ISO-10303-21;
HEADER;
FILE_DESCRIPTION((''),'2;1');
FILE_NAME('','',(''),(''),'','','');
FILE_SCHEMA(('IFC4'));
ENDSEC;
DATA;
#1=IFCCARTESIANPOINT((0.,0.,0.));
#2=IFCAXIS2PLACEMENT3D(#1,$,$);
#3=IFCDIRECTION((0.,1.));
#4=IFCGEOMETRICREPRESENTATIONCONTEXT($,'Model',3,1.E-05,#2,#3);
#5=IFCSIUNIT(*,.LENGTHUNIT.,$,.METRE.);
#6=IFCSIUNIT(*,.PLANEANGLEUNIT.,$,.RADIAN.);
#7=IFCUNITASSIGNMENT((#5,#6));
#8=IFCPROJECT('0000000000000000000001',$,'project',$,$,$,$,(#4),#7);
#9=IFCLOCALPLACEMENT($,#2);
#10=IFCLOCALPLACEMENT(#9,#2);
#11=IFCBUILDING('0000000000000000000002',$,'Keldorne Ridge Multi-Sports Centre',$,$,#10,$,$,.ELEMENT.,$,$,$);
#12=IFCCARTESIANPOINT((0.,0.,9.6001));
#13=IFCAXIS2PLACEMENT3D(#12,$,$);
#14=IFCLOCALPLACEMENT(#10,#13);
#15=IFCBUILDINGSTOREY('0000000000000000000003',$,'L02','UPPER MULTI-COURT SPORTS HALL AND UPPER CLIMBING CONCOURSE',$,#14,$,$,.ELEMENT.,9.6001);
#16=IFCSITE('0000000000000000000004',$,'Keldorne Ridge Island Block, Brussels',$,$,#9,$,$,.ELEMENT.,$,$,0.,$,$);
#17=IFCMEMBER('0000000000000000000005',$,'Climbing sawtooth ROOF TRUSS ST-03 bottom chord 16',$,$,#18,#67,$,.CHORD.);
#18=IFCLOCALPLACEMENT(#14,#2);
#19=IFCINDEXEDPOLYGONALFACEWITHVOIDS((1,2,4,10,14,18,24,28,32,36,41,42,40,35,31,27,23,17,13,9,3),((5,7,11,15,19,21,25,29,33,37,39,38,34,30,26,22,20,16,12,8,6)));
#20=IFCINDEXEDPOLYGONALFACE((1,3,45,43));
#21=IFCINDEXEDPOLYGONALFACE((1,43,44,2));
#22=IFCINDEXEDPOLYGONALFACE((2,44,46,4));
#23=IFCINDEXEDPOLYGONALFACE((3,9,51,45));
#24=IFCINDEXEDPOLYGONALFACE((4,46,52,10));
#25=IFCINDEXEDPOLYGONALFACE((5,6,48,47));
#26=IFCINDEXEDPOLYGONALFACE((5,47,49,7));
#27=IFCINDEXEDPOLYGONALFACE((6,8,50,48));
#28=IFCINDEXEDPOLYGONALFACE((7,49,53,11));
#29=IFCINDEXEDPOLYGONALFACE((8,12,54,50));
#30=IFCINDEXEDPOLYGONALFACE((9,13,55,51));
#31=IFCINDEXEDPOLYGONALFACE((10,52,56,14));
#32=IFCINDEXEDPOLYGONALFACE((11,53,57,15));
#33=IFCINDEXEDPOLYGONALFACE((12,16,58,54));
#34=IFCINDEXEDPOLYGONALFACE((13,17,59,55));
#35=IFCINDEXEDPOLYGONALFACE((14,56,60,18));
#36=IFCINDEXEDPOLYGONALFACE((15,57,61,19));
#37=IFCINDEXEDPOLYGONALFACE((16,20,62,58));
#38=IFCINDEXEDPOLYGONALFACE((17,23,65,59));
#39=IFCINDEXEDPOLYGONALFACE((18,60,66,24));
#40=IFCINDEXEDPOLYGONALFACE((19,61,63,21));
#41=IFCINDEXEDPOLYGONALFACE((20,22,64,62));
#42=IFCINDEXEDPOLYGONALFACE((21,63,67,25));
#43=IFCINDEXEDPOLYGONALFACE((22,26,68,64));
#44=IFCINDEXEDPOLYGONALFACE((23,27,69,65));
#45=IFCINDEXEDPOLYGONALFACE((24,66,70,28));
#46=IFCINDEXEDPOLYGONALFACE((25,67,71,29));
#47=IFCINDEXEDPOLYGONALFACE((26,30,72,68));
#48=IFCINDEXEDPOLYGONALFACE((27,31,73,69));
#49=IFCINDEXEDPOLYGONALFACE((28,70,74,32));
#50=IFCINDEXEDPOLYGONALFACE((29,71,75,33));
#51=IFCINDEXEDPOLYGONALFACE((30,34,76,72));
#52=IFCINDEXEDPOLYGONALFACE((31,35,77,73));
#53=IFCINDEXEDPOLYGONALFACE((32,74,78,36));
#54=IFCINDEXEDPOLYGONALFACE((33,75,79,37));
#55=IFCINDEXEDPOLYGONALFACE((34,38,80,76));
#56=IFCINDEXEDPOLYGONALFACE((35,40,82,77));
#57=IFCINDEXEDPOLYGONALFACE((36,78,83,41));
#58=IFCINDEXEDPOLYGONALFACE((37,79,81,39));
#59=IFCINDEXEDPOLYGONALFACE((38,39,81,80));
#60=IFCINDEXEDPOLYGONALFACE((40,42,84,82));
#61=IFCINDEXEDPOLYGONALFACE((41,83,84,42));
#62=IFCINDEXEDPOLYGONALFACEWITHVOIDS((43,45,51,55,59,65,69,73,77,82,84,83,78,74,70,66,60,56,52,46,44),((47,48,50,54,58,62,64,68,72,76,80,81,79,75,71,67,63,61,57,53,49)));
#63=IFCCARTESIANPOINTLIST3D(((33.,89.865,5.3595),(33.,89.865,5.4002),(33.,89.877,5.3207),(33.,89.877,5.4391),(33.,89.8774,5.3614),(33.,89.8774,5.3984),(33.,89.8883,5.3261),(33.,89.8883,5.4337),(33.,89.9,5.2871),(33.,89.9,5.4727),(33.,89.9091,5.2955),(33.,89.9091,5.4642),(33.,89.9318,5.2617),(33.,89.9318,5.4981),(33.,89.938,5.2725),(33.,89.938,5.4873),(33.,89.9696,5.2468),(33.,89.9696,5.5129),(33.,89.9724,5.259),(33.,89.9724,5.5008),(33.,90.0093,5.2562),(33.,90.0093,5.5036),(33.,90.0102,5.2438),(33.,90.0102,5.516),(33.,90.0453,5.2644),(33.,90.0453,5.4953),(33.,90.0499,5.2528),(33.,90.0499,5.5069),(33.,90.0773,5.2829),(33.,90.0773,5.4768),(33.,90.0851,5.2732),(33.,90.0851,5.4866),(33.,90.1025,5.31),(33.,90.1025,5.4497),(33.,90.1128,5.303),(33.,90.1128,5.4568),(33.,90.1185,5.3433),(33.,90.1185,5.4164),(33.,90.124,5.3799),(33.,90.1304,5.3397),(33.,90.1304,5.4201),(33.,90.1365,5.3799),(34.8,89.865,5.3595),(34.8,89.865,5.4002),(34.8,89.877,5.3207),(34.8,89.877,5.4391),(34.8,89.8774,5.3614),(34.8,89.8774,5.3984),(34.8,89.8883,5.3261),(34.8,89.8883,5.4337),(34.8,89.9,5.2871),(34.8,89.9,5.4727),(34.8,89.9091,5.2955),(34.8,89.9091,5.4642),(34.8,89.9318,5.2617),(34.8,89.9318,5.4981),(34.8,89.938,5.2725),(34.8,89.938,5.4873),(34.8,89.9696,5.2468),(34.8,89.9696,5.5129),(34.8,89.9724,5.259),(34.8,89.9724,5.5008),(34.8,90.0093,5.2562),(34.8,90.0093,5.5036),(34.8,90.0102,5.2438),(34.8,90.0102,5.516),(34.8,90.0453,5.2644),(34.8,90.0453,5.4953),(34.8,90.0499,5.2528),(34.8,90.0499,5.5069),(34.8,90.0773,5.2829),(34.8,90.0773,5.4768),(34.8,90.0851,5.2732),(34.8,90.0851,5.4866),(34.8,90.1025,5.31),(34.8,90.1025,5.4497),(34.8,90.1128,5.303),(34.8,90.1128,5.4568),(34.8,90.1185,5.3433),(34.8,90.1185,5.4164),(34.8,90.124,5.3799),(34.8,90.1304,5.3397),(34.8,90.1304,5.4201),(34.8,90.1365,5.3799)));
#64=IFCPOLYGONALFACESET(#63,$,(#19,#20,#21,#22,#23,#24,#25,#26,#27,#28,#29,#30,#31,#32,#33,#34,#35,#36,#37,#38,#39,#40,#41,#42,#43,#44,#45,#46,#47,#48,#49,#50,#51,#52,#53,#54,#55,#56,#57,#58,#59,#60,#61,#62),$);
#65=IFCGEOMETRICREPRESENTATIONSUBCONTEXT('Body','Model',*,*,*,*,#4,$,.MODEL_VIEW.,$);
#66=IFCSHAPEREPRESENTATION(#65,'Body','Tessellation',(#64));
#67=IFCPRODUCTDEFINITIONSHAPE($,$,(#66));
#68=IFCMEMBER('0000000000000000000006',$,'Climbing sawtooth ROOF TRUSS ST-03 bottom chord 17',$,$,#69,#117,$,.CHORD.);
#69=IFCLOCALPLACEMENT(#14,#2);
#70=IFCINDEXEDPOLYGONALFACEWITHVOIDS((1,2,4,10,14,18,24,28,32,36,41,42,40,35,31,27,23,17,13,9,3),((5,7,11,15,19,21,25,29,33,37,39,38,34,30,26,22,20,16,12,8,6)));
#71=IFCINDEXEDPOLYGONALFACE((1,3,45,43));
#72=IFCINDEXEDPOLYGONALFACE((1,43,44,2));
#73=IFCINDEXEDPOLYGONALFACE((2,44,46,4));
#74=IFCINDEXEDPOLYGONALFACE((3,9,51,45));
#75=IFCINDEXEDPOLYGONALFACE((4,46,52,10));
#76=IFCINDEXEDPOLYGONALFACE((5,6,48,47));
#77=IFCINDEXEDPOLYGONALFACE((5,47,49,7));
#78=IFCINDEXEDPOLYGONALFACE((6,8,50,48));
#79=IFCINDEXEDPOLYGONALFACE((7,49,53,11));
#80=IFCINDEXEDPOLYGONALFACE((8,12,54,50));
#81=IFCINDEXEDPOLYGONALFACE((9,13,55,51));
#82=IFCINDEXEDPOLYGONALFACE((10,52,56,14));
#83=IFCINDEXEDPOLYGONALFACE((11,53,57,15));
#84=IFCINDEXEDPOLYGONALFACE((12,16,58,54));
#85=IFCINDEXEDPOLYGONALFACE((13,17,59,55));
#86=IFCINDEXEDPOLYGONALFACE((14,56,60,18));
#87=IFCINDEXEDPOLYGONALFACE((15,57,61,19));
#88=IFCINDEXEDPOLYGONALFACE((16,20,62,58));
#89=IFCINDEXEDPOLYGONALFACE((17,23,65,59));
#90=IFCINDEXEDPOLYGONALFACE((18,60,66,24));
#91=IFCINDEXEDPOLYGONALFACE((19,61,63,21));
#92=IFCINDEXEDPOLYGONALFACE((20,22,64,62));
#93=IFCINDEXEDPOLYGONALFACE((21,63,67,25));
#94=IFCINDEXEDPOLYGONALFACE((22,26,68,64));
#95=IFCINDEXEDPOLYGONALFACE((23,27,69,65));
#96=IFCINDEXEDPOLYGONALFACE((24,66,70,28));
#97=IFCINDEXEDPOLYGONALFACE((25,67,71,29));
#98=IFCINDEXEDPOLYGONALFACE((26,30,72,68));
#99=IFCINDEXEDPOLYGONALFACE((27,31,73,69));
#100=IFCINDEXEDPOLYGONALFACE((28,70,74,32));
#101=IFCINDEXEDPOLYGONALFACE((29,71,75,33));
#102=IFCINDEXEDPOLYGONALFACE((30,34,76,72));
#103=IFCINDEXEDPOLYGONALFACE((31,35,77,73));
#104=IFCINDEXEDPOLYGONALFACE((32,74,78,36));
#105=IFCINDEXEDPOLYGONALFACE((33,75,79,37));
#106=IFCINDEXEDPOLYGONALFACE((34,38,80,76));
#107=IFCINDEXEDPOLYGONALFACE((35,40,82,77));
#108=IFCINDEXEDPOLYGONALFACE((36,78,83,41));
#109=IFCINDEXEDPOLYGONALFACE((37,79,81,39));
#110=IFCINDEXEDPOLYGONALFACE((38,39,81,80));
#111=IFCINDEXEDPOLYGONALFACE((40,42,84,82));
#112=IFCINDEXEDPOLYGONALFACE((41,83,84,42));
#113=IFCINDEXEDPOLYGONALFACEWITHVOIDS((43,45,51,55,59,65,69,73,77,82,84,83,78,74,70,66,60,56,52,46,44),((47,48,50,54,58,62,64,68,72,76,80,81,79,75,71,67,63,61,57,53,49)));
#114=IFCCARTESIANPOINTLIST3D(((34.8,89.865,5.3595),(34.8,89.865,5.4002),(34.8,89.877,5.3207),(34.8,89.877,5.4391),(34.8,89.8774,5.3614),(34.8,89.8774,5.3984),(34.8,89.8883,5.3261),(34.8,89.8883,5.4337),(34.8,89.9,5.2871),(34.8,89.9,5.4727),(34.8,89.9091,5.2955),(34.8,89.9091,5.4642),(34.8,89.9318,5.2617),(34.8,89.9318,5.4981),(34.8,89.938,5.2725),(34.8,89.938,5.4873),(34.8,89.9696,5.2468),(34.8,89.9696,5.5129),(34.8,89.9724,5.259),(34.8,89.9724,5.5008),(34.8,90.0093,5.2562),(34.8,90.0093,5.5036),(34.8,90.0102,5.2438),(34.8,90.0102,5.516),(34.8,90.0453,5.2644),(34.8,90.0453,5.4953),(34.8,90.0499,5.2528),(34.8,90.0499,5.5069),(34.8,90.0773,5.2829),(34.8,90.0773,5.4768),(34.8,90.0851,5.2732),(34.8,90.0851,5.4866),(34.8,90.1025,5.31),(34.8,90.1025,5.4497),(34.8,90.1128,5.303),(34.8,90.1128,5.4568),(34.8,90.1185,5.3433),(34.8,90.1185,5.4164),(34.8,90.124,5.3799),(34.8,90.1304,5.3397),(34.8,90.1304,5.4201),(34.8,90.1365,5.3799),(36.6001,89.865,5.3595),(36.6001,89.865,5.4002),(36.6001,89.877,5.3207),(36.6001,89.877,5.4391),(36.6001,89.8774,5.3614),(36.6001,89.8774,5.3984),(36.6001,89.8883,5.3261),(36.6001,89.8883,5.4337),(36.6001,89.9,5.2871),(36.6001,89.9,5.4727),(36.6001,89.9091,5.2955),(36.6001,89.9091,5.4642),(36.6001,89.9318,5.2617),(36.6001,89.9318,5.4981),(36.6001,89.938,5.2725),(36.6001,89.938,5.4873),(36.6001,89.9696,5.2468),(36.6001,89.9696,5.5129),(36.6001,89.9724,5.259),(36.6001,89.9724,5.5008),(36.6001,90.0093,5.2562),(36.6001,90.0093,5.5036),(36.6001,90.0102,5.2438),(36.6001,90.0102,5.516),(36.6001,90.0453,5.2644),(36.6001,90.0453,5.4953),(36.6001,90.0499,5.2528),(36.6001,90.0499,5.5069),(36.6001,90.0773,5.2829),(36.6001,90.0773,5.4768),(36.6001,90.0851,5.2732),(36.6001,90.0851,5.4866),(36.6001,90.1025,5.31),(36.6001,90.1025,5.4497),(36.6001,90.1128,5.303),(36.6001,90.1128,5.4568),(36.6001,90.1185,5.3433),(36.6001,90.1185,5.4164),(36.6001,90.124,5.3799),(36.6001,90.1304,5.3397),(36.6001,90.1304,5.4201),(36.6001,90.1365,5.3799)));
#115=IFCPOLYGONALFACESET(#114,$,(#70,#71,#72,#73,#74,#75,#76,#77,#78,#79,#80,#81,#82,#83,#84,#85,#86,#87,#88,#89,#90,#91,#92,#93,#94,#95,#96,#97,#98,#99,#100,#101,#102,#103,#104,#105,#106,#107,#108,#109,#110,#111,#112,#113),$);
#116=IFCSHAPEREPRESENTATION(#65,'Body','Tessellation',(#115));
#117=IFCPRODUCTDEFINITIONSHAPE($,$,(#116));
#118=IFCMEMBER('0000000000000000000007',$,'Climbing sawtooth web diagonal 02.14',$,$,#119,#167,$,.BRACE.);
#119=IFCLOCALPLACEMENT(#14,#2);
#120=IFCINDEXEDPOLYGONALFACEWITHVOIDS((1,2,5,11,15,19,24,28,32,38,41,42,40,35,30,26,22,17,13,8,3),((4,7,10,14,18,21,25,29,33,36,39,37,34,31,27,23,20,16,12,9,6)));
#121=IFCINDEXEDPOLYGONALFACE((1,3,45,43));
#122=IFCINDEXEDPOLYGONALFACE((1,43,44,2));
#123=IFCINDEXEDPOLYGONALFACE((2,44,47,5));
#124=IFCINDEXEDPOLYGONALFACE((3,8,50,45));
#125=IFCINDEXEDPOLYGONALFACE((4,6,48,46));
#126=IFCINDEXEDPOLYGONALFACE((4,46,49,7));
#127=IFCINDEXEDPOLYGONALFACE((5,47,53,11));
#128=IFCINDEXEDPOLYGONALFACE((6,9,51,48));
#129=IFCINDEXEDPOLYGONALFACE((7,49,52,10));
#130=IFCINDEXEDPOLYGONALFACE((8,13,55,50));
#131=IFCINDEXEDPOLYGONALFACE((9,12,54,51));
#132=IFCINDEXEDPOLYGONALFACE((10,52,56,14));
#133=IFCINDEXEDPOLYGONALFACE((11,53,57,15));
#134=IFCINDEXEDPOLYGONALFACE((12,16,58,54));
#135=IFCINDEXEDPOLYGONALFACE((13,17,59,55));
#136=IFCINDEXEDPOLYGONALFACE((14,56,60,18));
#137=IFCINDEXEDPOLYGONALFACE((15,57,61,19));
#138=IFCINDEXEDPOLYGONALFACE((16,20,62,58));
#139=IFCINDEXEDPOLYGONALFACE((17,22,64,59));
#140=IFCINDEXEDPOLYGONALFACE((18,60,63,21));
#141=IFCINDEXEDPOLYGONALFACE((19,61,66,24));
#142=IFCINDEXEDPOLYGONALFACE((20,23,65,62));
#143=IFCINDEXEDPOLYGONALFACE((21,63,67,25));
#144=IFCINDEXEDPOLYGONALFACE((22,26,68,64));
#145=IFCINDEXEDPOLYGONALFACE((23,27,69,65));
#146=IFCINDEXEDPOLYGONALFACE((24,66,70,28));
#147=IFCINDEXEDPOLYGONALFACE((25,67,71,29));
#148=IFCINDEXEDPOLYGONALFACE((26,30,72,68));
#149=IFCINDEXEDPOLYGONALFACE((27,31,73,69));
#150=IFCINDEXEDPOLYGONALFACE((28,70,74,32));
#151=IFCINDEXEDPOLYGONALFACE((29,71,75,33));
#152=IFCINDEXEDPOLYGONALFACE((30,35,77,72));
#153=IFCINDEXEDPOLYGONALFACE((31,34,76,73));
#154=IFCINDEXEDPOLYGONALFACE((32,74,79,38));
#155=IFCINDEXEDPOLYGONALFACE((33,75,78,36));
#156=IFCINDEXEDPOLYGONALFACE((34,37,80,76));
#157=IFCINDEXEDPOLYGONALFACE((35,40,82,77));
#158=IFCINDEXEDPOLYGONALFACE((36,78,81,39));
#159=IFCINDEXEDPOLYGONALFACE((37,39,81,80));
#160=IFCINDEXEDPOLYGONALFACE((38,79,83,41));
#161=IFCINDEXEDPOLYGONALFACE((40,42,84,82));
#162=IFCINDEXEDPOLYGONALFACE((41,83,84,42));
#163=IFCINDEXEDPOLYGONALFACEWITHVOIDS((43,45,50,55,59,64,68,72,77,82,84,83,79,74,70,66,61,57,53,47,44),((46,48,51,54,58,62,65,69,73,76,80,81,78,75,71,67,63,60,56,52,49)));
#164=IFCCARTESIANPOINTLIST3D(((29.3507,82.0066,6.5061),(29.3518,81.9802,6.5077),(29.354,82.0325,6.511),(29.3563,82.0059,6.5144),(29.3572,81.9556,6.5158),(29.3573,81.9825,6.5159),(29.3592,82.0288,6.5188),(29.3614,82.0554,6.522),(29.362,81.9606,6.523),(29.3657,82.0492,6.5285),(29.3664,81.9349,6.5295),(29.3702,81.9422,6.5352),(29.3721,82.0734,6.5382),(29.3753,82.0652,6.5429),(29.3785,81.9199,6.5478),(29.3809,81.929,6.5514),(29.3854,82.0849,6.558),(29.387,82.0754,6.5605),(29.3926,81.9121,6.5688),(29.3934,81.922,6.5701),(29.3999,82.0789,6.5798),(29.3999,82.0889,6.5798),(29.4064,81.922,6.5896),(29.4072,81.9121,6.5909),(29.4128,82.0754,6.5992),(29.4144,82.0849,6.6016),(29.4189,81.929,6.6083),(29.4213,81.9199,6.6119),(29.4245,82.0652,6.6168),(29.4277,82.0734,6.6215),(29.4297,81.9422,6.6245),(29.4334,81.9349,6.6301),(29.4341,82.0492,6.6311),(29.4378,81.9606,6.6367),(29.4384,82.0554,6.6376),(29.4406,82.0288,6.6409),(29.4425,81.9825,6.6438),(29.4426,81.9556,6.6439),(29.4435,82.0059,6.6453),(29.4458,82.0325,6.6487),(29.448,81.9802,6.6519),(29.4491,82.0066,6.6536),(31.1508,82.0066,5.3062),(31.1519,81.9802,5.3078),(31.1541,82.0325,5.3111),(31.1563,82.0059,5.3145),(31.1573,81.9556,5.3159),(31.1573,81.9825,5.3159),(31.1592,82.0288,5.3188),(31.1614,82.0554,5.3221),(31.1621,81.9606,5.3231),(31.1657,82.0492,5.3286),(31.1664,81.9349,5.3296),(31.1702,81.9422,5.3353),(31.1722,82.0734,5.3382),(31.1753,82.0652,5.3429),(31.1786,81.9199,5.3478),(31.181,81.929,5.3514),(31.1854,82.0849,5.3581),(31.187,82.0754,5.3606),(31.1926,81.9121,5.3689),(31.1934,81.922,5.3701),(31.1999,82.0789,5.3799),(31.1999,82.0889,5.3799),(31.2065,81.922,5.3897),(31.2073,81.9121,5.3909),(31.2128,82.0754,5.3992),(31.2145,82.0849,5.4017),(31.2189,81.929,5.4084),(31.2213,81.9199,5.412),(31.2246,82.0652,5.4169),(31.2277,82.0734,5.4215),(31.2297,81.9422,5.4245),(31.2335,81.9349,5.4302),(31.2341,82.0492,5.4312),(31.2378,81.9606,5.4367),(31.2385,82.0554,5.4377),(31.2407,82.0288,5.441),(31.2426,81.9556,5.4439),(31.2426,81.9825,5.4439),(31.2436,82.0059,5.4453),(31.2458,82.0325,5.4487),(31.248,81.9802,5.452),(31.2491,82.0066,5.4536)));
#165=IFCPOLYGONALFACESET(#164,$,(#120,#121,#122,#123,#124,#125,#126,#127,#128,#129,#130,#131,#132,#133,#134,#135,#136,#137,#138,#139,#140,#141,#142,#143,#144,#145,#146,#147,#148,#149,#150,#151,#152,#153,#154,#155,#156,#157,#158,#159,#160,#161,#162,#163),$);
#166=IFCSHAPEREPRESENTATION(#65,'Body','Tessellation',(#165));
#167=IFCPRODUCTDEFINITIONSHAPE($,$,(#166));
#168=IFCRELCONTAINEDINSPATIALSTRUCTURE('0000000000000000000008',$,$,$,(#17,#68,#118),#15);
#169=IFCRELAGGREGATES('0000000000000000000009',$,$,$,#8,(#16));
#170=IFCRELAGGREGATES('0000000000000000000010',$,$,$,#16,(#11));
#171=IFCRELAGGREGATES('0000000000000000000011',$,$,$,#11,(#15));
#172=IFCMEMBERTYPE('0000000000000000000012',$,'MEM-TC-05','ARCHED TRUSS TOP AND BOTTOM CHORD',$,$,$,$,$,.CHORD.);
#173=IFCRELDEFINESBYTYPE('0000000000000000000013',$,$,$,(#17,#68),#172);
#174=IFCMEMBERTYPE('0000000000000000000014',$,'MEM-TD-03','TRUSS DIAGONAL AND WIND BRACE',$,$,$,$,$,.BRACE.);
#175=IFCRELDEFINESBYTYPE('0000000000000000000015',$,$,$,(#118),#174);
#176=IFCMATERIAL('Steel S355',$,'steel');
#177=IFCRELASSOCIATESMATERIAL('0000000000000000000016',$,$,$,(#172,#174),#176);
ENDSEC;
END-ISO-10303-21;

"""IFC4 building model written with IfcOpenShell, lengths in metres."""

from ifc_helpers import new_model, si_unit, direction, frame, origin, origin_2d, place, context, subcontext, project, spatial, hollow_circle, extrude, material, material_profile, profile_set, type_object, element, save


model = new_model("IFC4")

# Units and contexts
model_context = context("Model", 3, precision=1e-05, world=origin(), true_north=direction((0.0, 1.0)))
body_context = subcontext(model_context, "Body", "Model", "MODEL_VIEW")
ifc_project = project(units=[si_unit("LENGTHUNIT", "METRE"), si_unit("PLANEANGLEUNIT", "RADIAN")], contexts=[model_context])

# Site, building, storey
site_placement = place(None, origin())
site = spatial("IfcSite", under=ifc_project, at=site_placement, Name="Keldorne Ridge Island Block, Brussels", CompositionType="ELEMENT", RefElevation=0.0)
building_placement = place(site_placement, origin())
building = spatial("IfcBuilding", under=site, at=building_placement, Name="Keldorne Ridge Multi-Sports Centre", CompositionType="ELEMENT")
storey_placement = place(building_placement, frame((0.0, 0.0, 9.6001)))
storey = spatial("IfcBuildingStorey", under=building, at=storey_placement, Name="L02", Description="UPPER MULTI-COURT SPORTS HALL AND UPPER CLIMBING CONCOURSE", CompositionType="ELEMENT", Elevation=9.6001)

# Shared definitions
ifc_material = material(Name="Steel S355", Category="steel")

# Members
ifc_material_profile_1 = material_profile(ifc_material, hollow_circle(Radius=0.1365, WallThickness=0.0125, at=origin_2d()), Name="CHS 273x12.5")
ifc_profile_set_1 = profile_set([ifc_material_profile_1], Name="Steel S355")
member_type_1 = type_object("IfcMemberType", Name="MEM-TC-05", Description="ARCHED TRUSS TOP AND BOTTOM CHORD", PredefinedType="CHORD", material=ifc_profile_set_1)
for number, where, z_axis, x_axis, name in (
    (1, (33.0, 90.0, 5.3799), (1.0, 0.0, 0.0), (0.0, 1.0, 0.0), "Climbing sawtooth ROOF TRUSS ST-03 bottom chord 16"),
    (2, (34.8, 90.0, 5.3799), (1.0, 0.0, 0.0), (0.0, 1.0, 0.0), "Climbing sawtooth ROOF TRUSS ST-03 bottom chord 17"),
):
    element("IfcMember", number, at=place(storey_placement, frame(where, z_axis=z_axis, x_axis=x_axis)), inside=storey, type_object=member_type_1, Name=name, PredefinedType="CHORD", context=body_context, shape_type="SweptSolid", body=[
        extrude(hollow_circle(Radius=0.1365, WallThickness=0.0125, at=origin_2d()), origin(), (0.0, 0.0, 1.0), 1.8),
    ])
ifc_material_profile_2 = material_profile(ifc_material, hollow_circle(Radius=0.0889, WallThickness=0.01, at=origin_2d()), Name="CHS 177.8x10")
ifc_profile_set_2 = profile_set([ifc_material_profile_2], Name="Steel S355")
member_type_2 = type_object("IfcMemberType", Name="MEM-TD-03", Description="TRUSS DIAGONAL AND WIND BRACE", PredefinedType="BRACE", material=ifc_profile_set_2)
for number, where, z_axis, x_axis, name in (
    (3, (29.3999, 82.0, 6.5798), (0.832068, 0.0, -0.554674), (0.0, 1.0, 0.0), "Climbing sawtooth web diagonal 02.14"),
):
    element("IfcMember", number, at=place(storey_placement, frame(where, z_axis=z_axis, x_axis=x_axis)), inside=storey, type_object=member_type_2, Name=name, PredefinedType="BRACE", context=body_context, shape_type="SweptSolid", body=[
        extrude(hollow_circle(Radius=0.0889, WallThickness=0.01, at=origin_2d()), origin(), (0.0, 0.0, 1.0), 2.1633),
    ])

save(model, "model.ifc")
